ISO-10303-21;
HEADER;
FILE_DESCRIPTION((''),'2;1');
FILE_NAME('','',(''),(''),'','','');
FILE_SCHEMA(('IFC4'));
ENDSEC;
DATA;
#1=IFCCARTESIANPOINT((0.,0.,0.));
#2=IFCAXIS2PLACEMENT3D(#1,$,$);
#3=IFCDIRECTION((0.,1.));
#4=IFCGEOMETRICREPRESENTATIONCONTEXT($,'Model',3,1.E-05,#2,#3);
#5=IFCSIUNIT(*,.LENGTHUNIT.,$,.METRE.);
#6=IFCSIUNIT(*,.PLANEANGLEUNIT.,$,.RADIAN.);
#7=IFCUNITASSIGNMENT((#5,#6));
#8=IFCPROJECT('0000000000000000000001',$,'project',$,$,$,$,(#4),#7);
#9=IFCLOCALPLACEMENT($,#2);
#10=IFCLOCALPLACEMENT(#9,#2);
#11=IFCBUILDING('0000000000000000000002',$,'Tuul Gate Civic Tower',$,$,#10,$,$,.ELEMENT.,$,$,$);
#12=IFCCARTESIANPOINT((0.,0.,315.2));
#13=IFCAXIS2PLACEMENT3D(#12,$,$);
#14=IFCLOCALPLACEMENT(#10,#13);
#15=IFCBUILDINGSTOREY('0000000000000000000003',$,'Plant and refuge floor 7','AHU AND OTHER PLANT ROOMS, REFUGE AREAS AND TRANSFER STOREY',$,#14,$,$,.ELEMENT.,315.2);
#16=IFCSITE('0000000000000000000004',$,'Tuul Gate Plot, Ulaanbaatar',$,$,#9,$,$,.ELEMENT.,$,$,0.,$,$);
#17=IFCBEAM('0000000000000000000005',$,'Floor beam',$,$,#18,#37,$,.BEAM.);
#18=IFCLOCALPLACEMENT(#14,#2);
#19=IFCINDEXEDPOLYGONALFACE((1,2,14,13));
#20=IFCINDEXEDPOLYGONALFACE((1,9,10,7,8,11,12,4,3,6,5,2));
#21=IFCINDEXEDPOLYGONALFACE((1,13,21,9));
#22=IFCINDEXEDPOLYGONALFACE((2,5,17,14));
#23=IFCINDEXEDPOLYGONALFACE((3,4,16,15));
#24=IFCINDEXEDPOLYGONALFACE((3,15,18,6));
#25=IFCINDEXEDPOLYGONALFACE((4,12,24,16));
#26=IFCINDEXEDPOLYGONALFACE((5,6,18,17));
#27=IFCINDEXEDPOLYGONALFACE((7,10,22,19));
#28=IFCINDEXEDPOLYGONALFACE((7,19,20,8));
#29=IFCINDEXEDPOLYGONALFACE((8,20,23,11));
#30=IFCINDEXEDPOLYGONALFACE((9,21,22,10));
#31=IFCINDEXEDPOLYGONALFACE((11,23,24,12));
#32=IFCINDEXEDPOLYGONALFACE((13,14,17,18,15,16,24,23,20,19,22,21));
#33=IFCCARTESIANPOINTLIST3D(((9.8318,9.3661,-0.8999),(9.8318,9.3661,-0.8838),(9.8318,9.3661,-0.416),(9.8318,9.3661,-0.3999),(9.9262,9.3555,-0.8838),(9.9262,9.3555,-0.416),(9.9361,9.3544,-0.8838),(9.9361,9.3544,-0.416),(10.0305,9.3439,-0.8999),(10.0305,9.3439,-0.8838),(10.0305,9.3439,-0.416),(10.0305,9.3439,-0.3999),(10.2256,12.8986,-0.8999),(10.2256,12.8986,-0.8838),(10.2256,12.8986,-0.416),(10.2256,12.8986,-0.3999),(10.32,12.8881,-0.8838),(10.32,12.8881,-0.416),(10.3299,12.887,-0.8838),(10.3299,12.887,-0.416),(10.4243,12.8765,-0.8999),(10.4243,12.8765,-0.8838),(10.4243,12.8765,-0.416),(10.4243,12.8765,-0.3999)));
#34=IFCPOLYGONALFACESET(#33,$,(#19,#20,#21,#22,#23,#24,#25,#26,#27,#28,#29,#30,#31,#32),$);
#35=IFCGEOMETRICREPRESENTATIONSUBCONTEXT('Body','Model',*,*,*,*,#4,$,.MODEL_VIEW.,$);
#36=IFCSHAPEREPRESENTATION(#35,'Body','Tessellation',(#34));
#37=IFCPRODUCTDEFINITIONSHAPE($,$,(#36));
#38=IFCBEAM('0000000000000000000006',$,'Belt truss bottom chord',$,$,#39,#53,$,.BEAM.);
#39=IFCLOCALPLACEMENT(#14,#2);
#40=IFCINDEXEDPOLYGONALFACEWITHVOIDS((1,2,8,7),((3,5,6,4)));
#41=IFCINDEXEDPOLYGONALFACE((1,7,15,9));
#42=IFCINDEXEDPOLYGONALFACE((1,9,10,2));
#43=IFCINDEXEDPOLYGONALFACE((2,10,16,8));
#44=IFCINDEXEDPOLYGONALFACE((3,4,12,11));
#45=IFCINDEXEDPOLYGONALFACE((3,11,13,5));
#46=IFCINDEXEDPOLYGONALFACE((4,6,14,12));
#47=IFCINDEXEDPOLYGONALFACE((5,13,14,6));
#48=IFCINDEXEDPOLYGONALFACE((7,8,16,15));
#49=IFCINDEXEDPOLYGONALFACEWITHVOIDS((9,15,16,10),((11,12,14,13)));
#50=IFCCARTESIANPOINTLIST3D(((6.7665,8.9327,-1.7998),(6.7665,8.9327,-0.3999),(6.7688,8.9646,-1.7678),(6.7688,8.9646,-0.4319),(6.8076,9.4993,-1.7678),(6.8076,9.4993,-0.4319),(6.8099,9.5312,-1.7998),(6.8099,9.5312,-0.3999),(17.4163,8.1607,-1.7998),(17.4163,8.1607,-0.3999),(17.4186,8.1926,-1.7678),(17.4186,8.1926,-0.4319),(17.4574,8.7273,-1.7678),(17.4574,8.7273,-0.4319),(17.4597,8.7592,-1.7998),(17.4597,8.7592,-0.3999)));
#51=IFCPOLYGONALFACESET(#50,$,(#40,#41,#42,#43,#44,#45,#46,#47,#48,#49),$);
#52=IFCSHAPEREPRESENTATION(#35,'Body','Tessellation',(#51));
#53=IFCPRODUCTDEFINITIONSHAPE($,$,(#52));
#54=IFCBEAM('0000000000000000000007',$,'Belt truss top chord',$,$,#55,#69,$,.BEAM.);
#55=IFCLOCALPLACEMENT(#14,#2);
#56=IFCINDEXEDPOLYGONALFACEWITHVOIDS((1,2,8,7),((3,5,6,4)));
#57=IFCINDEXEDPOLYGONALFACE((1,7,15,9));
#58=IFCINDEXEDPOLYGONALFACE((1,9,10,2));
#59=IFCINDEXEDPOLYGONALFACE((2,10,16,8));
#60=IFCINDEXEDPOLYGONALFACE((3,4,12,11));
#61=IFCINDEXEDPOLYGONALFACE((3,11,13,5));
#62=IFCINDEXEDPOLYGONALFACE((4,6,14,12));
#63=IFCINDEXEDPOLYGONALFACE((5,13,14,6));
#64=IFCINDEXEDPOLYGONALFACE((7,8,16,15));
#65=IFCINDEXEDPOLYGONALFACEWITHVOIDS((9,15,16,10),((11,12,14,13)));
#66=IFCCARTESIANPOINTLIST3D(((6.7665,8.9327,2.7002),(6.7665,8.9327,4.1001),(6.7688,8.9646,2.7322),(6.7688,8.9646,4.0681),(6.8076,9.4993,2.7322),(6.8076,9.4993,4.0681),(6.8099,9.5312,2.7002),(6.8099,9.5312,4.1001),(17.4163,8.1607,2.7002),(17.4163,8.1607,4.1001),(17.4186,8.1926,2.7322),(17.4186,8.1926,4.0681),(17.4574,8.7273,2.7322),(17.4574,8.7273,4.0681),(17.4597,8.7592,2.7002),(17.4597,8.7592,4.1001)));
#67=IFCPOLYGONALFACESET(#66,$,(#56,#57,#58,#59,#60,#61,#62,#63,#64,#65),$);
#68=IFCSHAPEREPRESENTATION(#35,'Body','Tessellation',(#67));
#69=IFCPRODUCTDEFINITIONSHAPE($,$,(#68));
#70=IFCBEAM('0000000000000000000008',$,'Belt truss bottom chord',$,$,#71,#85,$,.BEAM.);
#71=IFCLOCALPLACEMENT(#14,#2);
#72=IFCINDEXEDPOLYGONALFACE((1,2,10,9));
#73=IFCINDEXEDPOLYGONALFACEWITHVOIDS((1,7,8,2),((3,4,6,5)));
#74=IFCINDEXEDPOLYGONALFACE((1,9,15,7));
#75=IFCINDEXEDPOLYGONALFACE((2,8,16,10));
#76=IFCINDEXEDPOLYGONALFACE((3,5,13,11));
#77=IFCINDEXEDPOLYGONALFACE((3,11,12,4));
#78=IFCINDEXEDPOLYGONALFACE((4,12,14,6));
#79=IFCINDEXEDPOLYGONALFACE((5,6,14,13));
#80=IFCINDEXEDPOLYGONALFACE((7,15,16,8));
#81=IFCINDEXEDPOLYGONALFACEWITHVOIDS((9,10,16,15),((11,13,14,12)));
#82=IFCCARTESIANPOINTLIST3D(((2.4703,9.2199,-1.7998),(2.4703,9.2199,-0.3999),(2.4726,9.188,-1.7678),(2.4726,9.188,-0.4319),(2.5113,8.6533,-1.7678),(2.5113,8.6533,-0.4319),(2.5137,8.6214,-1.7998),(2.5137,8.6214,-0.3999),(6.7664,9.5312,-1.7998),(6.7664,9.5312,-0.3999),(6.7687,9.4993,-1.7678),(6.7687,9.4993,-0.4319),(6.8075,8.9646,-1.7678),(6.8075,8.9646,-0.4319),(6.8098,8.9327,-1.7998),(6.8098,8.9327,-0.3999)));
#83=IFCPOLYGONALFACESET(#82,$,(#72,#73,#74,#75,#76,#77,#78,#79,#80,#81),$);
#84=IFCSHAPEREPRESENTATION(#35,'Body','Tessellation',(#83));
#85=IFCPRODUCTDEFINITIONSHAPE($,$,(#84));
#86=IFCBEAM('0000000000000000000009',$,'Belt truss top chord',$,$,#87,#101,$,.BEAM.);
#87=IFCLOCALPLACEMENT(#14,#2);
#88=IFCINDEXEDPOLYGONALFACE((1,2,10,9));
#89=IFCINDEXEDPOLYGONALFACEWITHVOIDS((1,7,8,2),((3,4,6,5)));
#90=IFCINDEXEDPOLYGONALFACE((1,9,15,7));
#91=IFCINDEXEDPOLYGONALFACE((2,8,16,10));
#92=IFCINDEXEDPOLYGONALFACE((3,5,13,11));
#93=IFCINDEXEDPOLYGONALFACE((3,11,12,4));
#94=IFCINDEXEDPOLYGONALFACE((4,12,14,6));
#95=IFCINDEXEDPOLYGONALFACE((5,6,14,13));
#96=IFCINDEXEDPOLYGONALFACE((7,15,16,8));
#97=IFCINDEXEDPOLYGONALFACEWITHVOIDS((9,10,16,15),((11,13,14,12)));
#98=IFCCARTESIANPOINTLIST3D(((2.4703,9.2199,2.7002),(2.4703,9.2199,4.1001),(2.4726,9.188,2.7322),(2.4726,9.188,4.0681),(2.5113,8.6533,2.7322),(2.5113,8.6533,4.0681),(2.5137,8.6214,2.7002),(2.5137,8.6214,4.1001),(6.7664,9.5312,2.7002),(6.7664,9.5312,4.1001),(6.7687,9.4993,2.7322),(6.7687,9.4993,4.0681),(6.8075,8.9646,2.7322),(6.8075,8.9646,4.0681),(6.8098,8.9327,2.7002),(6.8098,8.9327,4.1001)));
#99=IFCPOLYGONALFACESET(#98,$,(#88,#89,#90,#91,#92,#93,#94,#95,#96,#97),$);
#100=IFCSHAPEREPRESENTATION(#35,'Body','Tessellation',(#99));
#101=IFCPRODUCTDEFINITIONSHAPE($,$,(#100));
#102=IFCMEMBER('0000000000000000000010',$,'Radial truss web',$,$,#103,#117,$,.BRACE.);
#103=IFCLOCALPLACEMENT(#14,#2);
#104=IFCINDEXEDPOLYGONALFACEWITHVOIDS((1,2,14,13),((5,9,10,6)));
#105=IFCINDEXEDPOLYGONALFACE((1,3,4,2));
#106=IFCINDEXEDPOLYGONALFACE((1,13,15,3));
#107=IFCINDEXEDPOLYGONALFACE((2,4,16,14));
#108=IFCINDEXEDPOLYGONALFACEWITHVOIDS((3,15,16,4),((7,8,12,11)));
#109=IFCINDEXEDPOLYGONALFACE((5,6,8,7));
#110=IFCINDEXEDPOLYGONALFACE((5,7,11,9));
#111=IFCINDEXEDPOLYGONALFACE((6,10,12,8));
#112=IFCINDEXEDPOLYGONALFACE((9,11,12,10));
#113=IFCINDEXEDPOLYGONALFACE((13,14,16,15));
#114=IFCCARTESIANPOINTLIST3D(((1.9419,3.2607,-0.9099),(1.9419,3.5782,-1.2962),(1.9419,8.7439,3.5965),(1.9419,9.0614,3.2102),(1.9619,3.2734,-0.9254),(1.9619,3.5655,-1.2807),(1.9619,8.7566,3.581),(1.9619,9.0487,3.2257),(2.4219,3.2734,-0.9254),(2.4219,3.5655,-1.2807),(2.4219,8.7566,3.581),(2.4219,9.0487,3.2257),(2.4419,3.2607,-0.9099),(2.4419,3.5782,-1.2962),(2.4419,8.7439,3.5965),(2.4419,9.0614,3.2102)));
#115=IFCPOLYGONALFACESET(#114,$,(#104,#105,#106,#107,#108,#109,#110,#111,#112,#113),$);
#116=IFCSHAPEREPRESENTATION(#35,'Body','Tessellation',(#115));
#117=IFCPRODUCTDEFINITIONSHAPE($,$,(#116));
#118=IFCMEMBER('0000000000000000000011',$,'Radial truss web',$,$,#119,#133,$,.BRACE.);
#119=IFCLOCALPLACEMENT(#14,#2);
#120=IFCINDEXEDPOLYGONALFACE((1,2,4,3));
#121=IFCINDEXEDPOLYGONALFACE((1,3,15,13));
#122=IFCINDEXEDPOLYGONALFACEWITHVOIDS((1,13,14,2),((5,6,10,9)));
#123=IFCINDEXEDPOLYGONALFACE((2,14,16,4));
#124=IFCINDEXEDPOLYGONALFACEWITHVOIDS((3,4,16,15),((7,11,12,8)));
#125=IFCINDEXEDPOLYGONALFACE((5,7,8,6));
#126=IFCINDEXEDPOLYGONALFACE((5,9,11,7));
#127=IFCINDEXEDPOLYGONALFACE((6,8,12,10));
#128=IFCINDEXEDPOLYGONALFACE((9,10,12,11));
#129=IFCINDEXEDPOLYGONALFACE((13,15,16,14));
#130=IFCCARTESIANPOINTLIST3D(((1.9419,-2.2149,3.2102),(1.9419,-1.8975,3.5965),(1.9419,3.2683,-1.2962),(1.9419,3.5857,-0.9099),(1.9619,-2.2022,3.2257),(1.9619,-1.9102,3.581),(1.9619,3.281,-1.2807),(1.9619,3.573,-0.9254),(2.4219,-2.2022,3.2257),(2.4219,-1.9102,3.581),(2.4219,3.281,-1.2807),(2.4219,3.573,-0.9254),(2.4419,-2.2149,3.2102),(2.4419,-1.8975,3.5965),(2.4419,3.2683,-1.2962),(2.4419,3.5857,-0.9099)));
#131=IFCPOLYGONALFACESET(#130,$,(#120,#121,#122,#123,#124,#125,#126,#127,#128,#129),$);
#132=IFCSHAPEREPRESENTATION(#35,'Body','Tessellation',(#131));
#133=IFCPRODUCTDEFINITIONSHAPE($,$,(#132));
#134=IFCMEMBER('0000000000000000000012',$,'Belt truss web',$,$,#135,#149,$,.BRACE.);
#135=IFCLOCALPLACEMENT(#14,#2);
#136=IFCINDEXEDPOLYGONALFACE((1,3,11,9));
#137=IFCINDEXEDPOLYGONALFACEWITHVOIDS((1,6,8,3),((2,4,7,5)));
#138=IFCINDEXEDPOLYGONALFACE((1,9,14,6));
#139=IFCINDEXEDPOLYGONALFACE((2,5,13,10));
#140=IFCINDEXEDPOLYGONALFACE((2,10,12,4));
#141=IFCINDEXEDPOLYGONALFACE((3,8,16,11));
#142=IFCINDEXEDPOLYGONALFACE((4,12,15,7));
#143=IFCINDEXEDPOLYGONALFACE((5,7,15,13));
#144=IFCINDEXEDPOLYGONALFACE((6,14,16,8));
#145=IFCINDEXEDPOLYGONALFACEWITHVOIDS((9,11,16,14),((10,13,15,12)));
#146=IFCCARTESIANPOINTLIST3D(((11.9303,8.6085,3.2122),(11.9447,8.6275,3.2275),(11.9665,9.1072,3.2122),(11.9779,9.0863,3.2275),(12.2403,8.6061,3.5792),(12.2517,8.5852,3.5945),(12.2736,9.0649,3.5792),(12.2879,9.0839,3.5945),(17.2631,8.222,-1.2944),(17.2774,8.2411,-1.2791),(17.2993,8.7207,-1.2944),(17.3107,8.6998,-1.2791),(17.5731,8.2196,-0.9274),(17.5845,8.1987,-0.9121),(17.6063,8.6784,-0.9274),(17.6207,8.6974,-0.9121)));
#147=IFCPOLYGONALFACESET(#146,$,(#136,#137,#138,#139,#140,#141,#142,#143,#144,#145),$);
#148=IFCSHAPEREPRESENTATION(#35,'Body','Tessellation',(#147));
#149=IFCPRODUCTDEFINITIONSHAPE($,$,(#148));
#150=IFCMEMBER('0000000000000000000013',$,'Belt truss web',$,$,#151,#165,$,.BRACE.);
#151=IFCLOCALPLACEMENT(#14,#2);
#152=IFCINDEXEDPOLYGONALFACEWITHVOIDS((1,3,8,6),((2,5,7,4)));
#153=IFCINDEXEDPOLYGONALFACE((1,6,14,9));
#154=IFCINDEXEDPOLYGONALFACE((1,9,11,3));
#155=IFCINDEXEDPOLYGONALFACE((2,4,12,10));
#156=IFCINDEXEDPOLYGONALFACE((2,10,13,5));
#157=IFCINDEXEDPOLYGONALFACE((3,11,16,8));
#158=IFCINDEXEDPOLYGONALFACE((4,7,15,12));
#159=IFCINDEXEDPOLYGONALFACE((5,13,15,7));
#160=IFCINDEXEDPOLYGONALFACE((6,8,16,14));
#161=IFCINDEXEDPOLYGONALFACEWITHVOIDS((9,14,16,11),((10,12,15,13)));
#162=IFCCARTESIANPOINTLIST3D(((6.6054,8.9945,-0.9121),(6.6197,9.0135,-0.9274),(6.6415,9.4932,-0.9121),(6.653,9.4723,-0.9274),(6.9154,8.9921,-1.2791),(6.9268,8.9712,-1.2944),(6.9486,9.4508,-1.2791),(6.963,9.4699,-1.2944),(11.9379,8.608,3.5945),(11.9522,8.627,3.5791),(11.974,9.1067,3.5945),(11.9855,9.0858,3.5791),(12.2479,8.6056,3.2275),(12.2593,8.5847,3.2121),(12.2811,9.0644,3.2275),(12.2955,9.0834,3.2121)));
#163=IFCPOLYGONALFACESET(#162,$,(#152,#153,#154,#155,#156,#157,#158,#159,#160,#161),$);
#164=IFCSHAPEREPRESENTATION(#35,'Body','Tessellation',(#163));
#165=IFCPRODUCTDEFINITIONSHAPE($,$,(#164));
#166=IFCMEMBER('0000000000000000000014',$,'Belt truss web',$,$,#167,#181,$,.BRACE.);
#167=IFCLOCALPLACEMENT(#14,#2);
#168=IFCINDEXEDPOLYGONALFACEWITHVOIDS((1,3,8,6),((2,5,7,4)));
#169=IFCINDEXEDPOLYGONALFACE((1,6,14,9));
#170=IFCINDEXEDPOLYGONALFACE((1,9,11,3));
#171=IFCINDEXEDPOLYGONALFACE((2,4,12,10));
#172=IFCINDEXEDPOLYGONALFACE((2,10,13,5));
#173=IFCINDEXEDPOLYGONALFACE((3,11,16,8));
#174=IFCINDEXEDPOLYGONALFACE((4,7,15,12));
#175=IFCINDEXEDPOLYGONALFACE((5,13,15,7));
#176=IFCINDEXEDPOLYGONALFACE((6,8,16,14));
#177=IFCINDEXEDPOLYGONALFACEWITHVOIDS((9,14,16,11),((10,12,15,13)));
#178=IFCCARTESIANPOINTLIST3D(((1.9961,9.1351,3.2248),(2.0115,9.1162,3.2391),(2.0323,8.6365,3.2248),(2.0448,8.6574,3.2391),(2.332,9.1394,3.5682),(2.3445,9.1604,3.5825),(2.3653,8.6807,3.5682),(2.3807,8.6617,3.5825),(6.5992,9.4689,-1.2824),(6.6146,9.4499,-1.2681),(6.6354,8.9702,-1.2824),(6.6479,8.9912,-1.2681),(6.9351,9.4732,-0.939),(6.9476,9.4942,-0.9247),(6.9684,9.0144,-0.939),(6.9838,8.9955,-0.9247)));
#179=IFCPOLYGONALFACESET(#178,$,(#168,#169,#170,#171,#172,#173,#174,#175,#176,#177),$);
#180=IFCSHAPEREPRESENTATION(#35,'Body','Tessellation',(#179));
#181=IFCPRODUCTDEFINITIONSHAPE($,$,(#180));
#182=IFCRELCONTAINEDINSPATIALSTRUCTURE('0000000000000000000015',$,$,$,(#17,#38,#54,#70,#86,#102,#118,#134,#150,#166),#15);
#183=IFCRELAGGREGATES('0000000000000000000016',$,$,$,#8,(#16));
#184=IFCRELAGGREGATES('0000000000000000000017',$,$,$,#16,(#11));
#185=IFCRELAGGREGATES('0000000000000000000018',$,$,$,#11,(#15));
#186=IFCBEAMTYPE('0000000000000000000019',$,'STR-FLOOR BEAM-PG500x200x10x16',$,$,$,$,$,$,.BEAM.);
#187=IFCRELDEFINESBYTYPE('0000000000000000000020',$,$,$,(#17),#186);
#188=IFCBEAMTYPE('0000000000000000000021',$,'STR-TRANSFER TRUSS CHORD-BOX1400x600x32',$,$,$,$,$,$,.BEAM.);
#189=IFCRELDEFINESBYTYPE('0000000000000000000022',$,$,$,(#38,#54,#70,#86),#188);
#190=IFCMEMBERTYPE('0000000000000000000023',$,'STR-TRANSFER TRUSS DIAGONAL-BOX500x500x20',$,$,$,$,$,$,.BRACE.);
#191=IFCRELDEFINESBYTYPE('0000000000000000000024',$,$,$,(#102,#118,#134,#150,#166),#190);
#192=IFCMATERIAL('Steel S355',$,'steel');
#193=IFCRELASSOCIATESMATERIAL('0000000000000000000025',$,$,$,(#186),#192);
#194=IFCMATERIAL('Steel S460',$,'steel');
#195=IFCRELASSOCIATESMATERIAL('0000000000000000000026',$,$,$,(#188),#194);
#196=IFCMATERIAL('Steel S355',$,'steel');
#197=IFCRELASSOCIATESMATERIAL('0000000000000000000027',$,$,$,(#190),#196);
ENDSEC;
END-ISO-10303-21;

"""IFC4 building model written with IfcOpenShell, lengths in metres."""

from ifc_helpers import new_model, si_unit, direction, frame, origin, origin_2d, place, context, subcontext, project, spatial, hollow_rectangle, i_section, extrude, material, material_profile, profile_set, type_object, element, save


model = new_model("IFC4")

# Units and contexts
model_context = context("Model", 3, precision=1e-05, world=origin(), true_north=direction((0.0, 1.0)))
body_context = subcontext(model_context, "Body", "Model", "MODEL_VIEW")
ifc_project = project(units=[si_unit("LENGTHUNIT", "METRE"), si_unit("PLANEANGLEUNIT", "RADIAN")], contexts=[model_context])

# Site, building, storey
site_placement = place(None, origin())
site = spatial("IfcSite", under=ifc_project, at=site_placement, Name="Tuul Gate Plot, Ulaanbaatar", CompositionType="ELEMENT", RefElevation=0.0)
building_placement = place(site_placement, origin())
building = spatial("IfcBuilding", under=site, at=building_placement, Name="Tuul Gate Civic Tower", CompositionType="ELEMENT")
storey_placement = place(building_placement, frame((0.0, 0.0, 315.2)))
storey = spatial("IfcBuildingStorey", under=building, at=storey_placement, Name="Plant and refuge floor 7", Description="AHU AND OTHER PLANT ROOMS, REFUGE AREAS AND TRANSFER STOREY", CompositionType="ELEMENT", Elevation=315.2)

# Beams
ifc_material_1 = material(Name="Steel S355", Category="steel")
ifc_material_profile_1 = material_profile(ifc_material_1, i_section(OverallWidth=0.2, OverallDepth=0.5, WebThickness=0.01, FlangeThickness=0.0161, at=origin_2d()), Name="PG500x200x10x16")
ifc_profile_set_1 = profile_set([ifc_material_profile_1], Name="Steel S355")
beam_type_1 = type_object("IfcBeamType", Name="STR-FLOOR BEAM-PG500x200x10x16", PredefinedType="BEAM", material=ifc_profile_set_1)
beam_placement = place(storey_placement, frame((9.9312, 9.355, -0.6499), z_axis=(0.110793, 0.993843, 0.0), x_axis=(-0.993843, 0.110793, 0.0)))
element("IfcBeam", 1, at=beam_placement, inside=storey, type_object=beam_type_1, Name="Floor beam", PredefinedType="BEAM", context=body_context, shape_type="SweptSolid", body=[
    extrude(i_section(OverallWidth=0.2, OverallDepth=0.5, WebThickness=0.01, FlangeThickness=0.0161, at=origin_2d()), origin(), (0.0, 0.0, 1.0), 3.5544),
])
ifc_material_2 = material(Name="Steel S460", Category="steel")
ifc_material_profile_2 = material_profile(ifc_material_2, hollow_rectangle(XDim=0.6001, YDim=1.3999, WallThickness=0.032, at=origin_2d()), Name="BOX1400x600x32")
ifc_profile_set_2 = profile_set([ifc_material_profile_2], Name="Steel S460")
beam_type_2 = type_object("IfcBeamType", Name="STR-TRANSFER TRUSS CHORD-BOX1400x600x32", PredefinedType="BEAM", material=ifc_profile_set_2)
for number, where, z_axis, x_axis, name in (
    (2, (17.438, 8.46, -1.0999), (-0.997383, 0.072297, 0.0), (-0.072297, -0.997383, 0.0), "Belt truss bottom chord"),
    (3, (17.438, 8.46, 3.4001), (-0.997383, 0.072297, 0.0), (-0.072297, -0.997383, 0.0), "Belt truss top chord"),
):
    element("IfcBeam", number, at=place(storey_placement, frame(where, z_axis=z_axis, x_axis=x_axis)), inside=storey, type_object=beam_type_2, Name=name, PredefinedType="BEAM", context=body_context, shape_type="SweptSolid", body=[
        extrude(hollow_rectangle(XDim=0.6001, YDim=1.3999, WallThickness=0.032, at=origin_2d()), origin(), (0.0, 0.0, 1.0), 10.6777),
    ])
for number, where, z_axis, x_axis, name in (
    (4, (6.7881, 9.2319, -1.0999), (-0.997385, -0.072266, 0.0), (0.072266, -0.997385, 0.0), "Belt truss bottom chord"),
    (5, (6.7881, 9.2319, 3.4001), (-0.997385, -0.072266, 0.0), (0.072266, -0.997385, 0.0), "Belt truss top chord"),
):
    element("IfcBeam", number, at=place(storey_placement, frame(where, z_axis=z_axis, x_axis=x_axis)), inside=storey, type_object=beam_type_2, Name=name, PredefinedType="BEAM", context=body_context, shape_type="SweptSolid", body=[
        extrude(hollow_rectangle(XDim=0.6001, YDim=1.3999, WallThickness=0.032, at=origin_2d()), origin(), (0.0, 0.0, 1.0), 4.3074),
    ])

# Members
ifc_material_3 = material(Name="Steel S355", Category="steel")
ifc_material_profile_3 = material_profile(ifc_material_3, hollow_rectangle(XDim=0.5, YDim=0.5, WallThickness=0.02, at=origin_2d()), Name="BOX500x500x20")
ifc_profile_set_3 = profile_set([ifc_material_profile_3], Name="Steel S355")
member_type_1 = type_object("IfcMemberType", Name="STR-TRANSFER TRUSS DIAGONAL-BOX500x500x20", PredefinedType="BRACE", material=ifc_profile_set_3)
for number, where, z_axis, x_axis, name in (
    (6, (2.1919, 3.4194, -1.103), (0.0, 0.772565, 0.634935), (-1.0, 0.0, 0.0), "Radial truss web"),
    (7, (2.1919, 3.427, -1.103), (0.0, -0.772565, 0.634935), (1.0, 0.0, 0.0), "Radial truss web"),
):
    element("IfcMember", number, at=place(storey_placement, frame(where, z_axis=z_axis, x_axis=x_axis)), inside=storey, type_object=member_type_1, Name=name, PredefinedType="BRACE", context=body_context, shape_type="SweptSolid", body=[
        extrude(hollow_rectangle(XDim=0.5, YDim=0.5, WallThickness=0.02, at=origin_2d()), origin(), (0.0, 0.0, 1.0), 7.0974),
    ])
member_1_placement = place(storey_placement, frame((17.4419, 8.4597, -1.1033), z_axis=(-0.762625, 0.055269, 0.644476), x_axis=(-0.072282, -0.997384, 0.0)))
element("IfcMember", 8, at=member_1_placement, inside=storey, type_object=member_type_1, Name="Belt truss web", PredefinedType="BRACE", context=body_context, shape_type="SweptSolid", body=[
    extrude(hollow_rectangle(XDim=0.5, YDim=0.5, WallThickness=0.02, at=origin_2d()), origin(), (0.0, 0.0, 1.0), 6.9927),
])
member_2_placement = place(storey_placement, frame((6.7842, 9.2322, -1.1033), z_axis=(0.76261, -0.05527, 0.644493), x_axis=(0.072285, 0.997384, 0.0)))
element("IfcMember", 9, at=member_2_placement, inside=storey, type_object=member_type_1, Name="Belt truss web", PredefinedType="BRACE", context=body_context, shape_type="SweptSolid", body=[
    extrude(hollow_rectangle(XDim=0.5, YDim=0.5, WallThickness=0.02, at=origin_2d()), origin(), (0.0, 0.0, 1.0), 6.9924),
])
member_3_placement = place(storey_placement, frame((6.7915, 9.2322, -1.1035), z_axis=(-0.713557, -0.051736, 0.698684), x_axis=(0.072315, -0.997382, 0.0)))
element("IfcMember", 10, at=member_3_placement, inside=storey, type_object=member_type_1, Name="Belt truss web", PredefinedType="BRACE", context=body_context, shape_type="SweptSolid", body=[
    extrude(hollow_rectangle(XDim=0.5, YDim=0.5, WallThickness=0.02, at=origin_2d()), origin(), (0.0, 0.0, 1.0), 6.4509),
])

save(model, "model.ifc")
